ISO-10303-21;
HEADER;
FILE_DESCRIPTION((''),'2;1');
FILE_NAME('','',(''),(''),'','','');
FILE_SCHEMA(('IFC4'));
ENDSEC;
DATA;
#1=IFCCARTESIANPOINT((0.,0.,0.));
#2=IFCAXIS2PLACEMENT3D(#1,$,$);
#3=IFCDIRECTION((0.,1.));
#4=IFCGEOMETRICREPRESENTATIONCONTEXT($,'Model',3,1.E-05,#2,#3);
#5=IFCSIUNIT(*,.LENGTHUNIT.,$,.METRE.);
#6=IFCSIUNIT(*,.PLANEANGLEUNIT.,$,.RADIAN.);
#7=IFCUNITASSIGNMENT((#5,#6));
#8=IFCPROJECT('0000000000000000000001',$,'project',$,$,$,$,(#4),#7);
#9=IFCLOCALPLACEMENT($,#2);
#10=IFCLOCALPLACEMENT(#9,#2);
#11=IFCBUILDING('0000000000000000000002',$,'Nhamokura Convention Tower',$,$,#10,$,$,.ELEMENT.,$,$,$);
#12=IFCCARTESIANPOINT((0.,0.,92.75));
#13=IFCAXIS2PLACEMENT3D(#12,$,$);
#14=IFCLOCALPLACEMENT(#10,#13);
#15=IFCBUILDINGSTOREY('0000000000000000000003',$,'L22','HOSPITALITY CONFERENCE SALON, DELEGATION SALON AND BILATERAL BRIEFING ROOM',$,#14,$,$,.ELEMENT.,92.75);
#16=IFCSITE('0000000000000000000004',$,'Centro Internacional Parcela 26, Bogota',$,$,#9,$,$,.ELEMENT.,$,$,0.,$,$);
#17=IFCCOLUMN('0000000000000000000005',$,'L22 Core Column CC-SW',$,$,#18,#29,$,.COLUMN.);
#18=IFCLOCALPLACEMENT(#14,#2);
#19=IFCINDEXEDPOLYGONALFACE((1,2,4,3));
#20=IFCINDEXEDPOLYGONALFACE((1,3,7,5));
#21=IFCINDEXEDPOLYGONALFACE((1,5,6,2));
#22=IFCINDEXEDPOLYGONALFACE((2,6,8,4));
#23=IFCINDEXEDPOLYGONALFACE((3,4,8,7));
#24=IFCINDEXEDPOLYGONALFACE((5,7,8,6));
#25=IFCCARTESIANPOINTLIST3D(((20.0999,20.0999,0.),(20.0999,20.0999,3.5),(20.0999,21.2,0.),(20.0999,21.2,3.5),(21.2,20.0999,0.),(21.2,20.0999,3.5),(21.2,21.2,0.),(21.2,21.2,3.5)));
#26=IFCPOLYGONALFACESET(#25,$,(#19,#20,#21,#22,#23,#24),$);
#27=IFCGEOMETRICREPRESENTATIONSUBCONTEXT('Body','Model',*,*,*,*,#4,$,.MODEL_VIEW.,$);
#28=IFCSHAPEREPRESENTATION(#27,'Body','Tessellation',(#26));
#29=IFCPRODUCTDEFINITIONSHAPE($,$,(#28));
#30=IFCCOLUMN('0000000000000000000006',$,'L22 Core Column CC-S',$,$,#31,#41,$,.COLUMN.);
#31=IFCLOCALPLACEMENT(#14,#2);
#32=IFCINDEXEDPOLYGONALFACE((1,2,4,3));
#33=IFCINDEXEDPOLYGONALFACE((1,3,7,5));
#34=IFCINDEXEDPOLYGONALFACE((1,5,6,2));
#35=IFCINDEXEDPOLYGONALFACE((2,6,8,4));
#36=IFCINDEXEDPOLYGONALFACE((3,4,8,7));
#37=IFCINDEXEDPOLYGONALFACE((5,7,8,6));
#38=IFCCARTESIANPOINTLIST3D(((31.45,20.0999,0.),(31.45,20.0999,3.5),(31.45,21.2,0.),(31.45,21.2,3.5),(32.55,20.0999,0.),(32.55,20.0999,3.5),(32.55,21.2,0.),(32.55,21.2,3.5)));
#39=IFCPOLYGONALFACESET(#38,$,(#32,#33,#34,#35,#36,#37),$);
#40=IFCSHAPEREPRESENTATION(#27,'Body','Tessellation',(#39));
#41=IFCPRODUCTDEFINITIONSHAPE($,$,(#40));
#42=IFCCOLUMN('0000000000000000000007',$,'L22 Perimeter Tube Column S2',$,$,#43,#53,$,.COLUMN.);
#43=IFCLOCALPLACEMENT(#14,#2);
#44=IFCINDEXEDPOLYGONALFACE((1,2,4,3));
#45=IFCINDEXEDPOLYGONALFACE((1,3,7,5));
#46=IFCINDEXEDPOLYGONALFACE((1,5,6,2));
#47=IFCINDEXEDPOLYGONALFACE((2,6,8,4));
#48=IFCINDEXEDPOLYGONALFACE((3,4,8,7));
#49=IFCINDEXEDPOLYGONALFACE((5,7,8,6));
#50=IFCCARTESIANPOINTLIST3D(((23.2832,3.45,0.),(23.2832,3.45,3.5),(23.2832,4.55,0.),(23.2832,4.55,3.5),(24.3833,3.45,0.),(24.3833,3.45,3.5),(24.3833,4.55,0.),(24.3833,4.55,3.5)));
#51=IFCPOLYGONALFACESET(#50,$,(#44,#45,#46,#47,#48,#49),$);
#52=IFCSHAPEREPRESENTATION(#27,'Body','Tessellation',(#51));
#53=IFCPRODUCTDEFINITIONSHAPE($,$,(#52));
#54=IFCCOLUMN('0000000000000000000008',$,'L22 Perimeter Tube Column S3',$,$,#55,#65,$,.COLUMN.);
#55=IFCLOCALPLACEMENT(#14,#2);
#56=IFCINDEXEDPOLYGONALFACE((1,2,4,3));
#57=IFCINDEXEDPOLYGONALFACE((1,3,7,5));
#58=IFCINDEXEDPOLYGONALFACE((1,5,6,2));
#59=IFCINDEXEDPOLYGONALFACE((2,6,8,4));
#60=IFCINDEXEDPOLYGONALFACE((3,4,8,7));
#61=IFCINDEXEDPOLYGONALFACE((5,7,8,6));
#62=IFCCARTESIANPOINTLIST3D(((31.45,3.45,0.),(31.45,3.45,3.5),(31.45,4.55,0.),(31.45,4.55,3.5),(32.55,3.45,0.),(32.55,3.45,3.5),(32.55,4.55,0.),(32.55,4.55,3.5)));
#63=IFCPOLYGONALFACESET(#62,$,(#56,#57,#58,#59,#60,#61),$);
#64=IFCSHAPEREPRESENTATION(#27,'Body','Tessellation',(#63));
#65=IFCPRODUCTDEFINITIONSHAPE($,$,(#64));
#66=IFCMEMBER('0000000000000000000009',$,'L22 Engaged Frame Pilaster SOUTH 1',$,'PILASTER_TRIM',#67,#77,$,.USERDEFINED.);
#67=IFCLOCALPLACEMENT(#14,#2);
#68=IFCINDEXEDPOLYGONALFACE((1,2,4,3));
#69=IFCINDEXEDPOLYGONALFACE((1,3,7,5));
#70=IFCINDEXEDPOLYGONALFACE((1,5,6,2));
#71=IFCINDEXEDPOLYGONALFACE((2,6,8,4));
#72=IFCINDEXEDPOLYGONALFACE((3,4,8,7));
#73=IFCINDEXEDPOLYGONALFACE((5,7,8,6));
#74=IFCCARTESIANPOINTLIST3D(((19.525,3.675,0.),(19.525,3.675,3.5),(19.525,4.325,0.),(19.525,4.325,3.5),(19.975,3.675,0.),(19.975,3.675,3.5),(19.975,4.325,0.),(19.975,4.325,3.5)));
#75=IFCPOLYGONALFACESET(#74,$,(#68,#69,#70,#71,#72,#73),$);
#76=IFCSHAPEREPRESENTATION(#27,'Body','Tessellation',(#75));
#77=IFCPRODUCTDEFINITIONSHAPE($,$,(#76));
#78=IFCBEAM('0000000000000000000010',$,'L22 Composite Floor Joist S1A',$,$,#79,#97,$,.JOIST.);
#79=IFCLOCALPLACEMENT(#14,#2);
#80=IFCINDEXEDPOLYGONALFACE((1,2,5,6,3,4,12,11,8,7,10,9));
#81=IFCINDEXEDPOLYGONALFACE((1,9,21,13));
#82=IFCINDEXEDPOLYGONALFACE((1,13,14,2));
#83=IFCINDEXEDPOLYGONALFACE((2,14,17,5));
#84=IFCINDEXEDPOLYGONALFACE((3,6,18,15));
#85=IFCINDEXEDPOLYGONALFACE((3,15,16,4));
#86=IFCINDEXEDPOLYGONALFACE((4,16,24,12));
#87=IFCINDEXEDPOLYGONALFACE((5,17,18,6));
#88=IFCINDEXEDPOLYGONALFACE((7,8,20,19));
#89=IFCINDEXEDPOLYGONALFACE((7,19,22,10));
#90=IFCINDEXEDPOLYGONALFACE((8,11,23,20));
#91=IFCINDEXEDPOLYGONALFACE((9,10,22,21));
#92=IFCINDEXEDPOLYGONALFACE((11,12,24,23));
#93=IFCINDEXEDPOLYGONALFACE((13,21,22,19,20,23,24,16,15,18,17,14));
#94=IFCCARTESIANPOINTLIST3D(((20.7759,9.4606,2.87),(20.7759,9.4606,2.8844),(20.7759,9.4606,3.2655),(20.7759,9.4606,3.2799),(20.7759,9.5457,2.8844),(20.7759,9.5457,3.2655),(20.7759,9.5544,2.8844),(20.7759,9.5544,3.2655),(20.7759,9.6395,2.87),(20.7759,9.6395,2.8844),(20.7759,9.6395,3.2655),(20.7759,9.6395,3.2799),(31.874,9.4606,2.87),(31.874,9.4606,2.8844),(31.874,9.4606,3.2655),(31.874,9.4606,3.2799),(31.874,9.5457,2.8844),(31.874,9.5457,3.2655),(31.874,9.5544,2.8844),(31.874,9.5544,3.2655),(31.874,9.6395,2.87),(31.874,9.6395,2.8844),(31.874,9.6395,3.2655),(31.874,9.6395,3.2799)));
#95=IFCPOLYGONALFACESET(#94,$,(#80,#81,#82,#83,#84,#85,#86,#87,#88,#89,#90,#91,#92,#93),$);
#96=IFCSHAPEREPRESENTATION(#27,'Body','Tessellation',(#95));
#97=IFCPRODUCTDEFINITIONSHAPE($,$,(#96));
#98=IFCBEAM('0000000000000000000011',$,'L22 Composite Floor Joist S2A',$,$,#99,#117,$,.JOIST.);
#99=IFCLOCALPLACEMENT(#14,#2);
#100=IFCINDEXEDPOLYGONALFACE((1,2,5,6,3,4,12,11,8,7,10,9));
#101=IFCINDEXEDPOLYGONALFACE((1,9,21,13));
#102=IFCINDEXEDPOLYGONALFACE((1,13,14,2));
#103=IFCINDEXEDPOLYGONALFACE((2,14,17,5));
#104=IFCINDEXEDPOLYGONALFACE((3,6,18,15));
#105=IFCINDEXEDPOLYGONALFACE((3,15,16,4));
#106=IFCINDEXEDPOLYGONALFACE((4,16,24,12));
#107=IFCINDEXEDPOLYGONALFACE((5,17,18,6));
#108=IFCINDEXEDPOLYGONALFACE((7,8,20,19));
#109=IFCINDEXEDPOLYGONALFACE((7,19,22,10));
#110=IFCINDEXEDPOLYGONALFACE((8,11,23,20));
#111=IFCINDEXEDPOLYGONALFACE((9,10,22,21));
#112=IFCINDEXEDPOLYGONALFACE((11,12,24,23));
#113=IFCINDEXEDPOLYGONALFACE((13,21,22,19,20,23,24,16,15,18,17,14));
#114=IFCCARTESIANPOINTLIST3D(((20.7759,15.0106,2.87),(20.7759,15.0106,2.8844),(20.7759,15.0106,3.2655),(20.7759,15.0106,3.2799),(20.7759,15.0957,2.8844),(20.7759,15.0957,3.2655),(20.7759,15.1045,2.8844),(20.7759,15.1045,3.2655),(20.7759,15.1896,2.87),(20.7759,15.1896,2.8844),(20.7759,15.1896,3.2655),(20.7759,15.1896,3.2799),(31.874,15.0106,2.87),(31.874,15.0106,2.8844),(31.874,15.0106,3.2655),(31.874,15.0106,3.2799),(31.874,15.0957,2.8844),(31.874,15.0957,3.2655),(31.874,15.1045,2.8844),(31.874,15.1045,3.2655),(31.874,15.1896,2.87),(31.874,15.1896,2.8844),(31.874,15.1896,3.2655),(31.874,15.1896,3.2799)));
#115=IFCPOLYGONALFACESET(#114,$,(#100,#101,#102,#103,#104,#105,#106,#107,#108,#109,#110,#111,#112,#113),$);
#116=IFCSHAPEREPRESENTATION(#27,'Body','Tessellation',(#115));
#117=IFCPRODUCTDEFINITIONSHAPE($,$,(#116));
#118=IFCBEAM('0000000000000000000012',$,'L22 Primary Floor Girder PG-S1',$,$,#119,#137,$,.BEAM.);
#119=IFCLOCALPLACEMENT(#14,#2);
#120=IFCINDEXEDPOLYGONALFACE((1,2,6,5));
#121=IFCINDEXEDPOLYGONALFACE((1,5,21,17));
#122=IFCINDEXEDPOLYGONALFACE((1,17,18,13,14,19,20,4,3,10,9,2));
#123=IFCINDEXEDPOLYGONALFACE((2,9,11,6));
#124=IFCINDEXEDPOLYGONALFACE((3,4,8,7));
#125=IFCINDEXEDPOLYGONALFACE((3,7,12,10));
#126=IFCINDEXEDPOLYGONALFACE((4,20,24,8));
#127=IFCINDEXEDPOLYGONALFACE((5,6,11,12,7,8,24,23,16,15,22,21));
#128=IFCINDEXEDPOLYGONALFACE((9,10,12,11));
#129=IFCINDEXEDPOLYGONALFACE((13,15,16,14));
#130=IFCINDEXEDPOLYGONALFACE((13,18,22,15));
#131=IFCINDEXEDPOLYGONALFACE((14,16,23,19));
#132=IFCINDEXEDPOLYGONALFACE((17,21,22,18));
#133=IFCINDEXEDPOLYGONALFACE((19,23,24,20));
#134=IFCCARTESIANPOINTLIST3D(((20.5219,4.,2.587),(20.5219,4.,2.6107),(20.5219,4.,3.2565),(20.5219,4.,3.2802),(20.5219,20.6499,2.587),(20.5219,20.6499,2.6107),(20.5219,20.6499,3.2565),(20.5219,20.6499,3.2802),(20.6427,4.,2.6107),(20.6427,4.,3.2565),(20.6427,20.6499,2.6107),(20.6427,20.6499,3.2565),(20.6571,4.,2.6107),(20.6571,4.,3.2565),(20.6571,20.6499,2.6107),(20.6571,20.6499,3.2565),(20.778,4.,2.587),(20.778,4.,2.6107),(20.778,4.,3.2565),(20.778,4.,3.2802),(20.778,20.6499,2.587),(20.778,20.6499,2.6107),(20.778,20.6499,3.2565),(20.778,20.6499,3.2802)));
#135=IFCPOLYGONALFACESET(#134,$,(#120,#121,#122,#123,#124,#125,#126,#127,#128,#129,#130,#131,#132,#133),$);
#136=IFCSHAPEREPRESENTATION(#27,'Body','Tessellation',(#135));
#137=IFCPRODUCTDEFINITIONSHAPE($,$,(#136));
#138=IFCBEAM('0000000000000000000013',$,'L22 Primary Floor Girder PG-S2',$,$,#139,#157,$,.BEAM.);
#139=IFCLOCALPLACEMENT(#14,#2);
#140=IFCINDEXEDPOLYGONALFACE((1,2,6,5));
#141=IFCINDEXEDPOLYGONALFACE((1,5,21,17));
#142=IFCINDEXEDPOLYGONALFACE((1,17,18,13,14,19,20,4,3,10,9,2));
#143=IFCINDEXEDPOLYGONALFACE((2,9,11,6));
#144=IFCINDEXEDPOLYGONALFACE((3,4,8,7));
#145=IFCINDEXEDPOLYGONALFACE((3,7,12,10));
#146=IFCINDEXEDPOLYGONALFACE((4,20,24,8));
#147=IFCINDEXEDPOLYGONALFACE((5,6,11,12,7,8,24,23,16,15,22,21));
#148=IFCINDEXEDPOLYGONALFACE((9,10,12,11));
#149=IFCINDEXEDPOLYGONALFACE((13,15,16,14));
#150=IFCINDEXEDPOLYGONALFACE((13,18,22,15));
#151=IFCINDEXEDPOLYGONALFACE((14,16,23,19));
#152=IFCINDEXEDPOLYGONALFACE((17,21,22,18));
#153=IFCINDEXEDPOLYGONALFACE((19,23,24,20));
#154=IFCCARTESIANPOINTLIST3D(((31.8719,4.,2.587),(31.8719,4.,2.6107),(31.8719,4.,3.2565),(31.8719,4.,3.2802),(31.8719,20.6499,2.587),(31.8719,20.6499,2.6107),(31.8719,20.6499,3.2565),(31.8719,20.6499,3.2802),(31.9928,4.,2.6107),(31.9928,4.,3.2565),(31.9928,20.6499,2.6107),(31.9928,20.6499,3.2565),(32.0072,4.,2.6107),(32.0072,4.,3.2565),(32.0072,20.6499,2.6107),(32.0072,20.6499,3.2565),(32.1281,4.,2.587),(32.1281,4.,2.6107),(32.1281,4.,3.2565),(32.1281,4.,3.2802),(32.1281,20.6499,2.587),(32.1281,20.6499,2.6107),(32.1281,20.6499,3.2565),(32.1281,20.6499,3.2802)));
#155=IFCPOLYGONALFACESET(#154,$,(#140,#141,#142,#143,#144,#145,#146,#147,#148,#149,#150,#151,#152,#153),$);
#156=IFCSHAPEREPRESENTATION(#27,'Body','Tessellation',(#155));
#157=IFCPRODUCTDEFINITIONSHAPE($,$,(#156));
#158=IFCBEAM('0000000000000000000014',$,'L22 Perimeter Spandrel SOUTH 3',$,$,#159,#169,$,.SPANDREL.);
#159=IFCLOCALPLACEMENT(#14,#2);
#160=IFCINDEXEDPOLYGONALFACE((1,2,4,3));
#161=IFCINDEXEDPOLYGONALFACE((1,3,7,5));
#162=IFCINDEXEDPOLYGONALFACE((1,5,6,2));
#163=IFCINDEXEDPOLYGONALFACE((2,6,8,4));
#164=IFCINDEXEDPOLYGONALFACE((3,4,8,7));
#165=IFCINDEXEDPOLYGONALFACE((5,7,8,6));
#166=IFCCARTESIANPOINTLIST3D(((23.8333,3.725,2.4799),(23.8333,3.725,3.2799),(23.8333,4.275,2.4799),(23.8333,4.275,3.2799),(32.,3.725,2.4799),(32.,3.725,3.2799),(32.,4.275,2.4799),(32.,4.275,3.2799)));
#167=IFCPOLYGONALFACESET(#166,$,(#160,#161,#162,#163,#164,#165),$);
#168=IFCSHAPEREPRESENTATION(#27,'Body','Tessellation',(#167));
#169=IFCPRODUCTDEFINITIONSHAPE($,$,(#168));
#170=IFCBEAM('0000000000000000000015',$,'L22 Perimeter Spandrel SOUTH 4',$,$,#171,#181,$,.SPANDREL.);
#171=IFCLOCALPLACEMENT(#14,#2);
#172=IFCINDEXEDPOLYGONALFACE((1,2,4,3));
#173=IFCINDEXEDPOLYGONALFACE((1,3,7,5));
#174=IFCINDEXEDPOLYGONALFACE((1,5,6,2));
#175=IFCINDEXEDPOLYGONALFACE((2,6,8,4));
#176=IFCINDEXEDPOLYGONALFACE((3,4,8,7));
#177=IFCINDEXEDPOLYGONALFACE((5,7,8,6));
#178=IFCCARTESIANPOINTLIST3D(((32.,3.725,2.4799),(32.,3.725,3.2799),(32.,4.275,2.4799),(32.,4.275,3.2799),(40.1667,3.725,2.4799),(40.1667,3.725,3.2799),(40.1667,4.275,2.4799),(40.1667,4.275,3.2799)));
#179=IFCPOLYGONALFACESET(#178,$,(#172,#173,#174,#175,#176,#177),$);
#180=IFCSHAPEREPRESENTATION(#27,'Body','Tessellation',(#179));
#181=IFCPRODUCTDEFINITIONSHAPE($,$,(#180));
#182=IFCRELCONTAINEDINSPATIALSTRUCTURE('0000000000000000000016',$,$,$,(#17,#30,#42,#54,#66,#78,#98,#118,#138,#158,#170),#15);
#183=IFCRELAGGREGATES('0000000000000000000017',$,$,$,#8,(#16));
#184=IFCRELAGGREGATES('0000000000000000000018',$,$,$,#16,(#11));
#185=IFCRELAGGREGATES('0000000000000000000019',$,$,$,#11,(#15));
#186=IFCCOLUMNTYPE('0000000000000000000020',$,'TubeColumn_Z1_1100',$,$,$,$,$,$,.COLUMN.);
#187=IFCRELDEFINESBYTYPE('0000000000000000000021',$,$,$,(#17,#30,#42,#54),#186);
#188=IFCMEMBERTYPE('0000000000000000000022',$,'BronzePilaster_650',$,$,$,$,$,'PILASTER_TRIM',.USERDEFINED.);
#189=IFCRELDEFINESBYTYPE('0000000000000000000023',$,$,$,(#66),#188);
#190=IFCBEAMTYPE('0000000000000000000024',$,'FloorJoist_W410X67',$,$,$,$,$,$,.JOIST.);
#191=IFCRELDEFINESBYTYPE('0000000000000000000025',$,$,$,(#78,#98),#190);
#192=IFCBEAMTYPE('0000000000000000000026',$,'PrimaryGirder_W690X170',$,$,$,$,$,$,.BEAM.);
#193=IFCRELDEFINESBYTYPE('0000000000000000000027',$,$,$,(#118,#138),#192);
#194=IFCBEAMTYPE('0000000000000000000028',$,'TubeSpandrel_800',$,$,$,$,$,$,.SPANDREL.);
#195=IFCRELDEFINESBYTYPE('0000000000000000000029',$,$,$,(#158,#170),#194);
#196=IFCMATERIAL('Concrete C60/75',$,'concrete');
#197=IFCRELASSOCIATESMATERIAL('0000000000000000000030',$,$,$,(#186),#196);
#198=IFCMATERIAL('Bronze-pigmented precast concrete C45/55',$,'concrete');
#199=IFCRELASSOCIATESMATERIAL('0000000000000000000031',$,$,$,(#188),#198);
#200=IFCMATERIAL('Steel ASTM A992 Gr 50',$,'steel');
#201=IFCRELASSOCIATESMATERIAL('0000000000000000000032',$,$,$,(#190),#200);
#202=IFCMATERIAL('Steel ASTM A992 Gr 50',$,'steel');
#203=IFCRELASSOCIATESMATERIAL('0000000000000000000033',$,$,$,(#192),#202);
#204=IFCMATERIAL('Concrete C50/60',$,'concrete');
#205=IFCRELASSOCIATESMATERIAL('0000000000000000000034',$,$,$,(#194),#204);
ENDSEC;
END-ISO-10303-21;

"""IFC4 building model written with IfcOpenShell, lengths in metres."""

from ifc_helpers import new_model, si_unit, direction, frame, origin, origin_2d, place, context, subcontext, project, spatial, rectangle, i_section, extrude, material, material_profile, profile_set, type_object, element, save


model = new_model("IFC4")

# Units and contexts
model_context = context("Model", 3, precision=1e-05, world=origin(), true_north=direction((0.0, 1.0)))
body_context = subcontext(model_context, "Body", "Model", "MODEL_VIEW")
ifc_project = project(units=[si_unit("LENGTHUNIT", "METRE"), si_unit("PLANEANGLEUNIT", "RADIAN")], contexts=[model_context])

# Site, building, storey
site_placement = place(None, origin())
site = spatial("IfcSite", under=ifc_project, at=site_placement, Name="Centro Internacional Parcela 26, Bogota", CompositionType="ELEMENT", RefElevation=0.0)
building_placement = place(site_placement, origin())
building = spatial("IfcBuilding", under=site, at=building_placement, Name="Nhamokura Convention Tower", CompositionType="ELEMENT")
storey_placement = place(building_placement, frame((0.0, 0.0, 92.75)))
storey = spatial("IfcBuildingStorey", under=building, at=storey_placement, Name="L22", Description="HOSPITALITY CONFERENCE SALON, DELEGATION SALON AND BILATERAL BRIEFING ROOM", CompositionType="ELEMENT", Elevation=92.75)

# Columns
ifc_material_1 = material(Name="Concrete C60/75", Category="concrete")
ifc_material_profile_1 = material_profile(ifc_material_1, rectangle(XDim=1.1001, YDim=1.1001, at=origin_2d()))
ifc_profile_set_1 = profile_set([ifc_material_profile_1], Name="Concrete C60/75")
column_type = type_object("IfcColumnType", Name="TubeColumn_Z1_1100", PredefinedType="COLUMN", material=ifc_profile_set_1)
for number, where, z_axis, x_axis, name in (
    (1, (20.6499, 20.6499, 0.0), (0.0, 0.0, 1.0), (1.0, 0.0, 0.0), "L22 Core Column CC-SW"),
    (2, (32.0, 20.6499, 0.0), (0.0, 0.0, 1.0), (1.0, 0.0, 0.0), "L22 Core Column CC-S"),
    (3, (23.8333, 4.0, 0.0), (0.0, 0.0, 1.0), (1.0, 0.0, 0.0), "L22 Perimeter Tube Column S2"),
    (4, (32.0, 4.0, 0.0), (0.0, 0.0, 1.0), (1.0, 0.0, 0.0), "L22 Perimeter Tube Column S3"),
):
    element("IfcColumn", number, at=place(storey_placement, frame(where, z_axis=z_axis, x_axis=x_axis)), inside=storey, type_object=column_type, Name=name, PredefinedType="COLUMN", context=body_context, shape_type="SweptSolid", body=[
        extrude(rectangle(XDim=1.1001, YDim=1.1001, at=origin_2d()), origin(), (0.0, 0.0, 1.0), 3.5),
    ])

# Member
ifc_material_2 = material(Name="Bronze-pigmented precast concrete C45/55", Category="concrete")
ifc_material_profile_2 = material_profile(ifc_material_2, rectangle(XDim=0.45, YDim=0.6499, at=origin_2d()))
ifc_profile_set_2 = profile_set([ifc_material_profile_2], Name="Bronze-pigmented precast concrete C45/55")
member_type = type_object("IfcMemberType", Name="BronzePilaster_650", ElementType="PILASTER_TRIM", PredefinedType="USERDEFINED", material=ifc_profile_set_2)
member_placement = place(storey_placement, frame((19.75, 4.0, 0.0), z_axis=(0.0, 0.0, 1.0), x_axis=(1.0, 0.0, 0.0)))
element("IfcMember", 5, at=member_placement, inside=storey, type_object=member_type, Name="L22 Engaged Frame Pilaster SOUTH 1", ObjectType="PILASTER_TRIM", PredefinedType="USERDEFINED", context=body_context, shape_type="SweptSolid", body=[
    extrude(rectangle(XDim=0.45, YDim=0.6499, at=origin_2d()), origin(), (0.0, 0.0, 1.0), 3.5),
])

# Beams
ifc_material_3 = material(Name="Steel ASTM A992 Gr 50", Category="steel")
ifc_material_profile_3 = material_profile(ifc_material_3, i_section(OverallWidth=0.179, OverallDepth=0.4099, WebThickness=0.0088, FlangeThickness=0.0144, at=origin_2d()))
ifc_profile_set_3 = profile_set([ifc_material_profile_3], Name="Steel ASTM A992 Gr 50")
beam_type_1 = type_object("IfcBeamType", Name="FloorJoist_W410X67", PredefinedType="JOIST", material=ifc_profile_set_3)
for number, where, z_axis, x_axis, name in (
    (6, (20.7759, 9.55, 3.075), (1.0, 0.0, 0.0), (0.0, 1.0, 0.0), "L22 Composite Floor Joist S1A"),
    (7, (20.7759, 15.1001, 3.075), (1.0, 0.0, 0.0), (0.0, 1.0, 0.0), "L22 Composite Floor Joist S2A"),
):
    element("IfcBeam", number, at=place(storey_placement, frame(where, z_axis=z_axis, x_axis=x_axis)), inside=storey, type_object=beam_type_1, Name=name, PredefinedType="JOIST", context=body_context, shape_type="SweptSolid", body=[
        extrude(i_section(OverallWidth=0.179, OverallDepth=0.4099, WebThickness=0.0088, FlangeThickness=0.0144, at=origin_2d()), origin(), (0.0, 0.0, 1.0), 11.0981),
    ])
ifc_material_4 = material(Name="Steel ASTM A992 Gr 50", Category="steel")
ifc_material_profile_4 = material_profile(ifc_material_4, i_section(OverallWidth=0.2561, OverallDepth=0.6931, WebThickness=0.0144, FlangeThickness=0.0237, at=origin_2d()))
ifc_profile_set_4 = profile_set([ifc_material_profile_4], Name="Steel ASTM A992 Gr 50")
beam_type_2 = type_object("IfcBeamType", Name="PrimaryGirder_W690X170", PredefinedType="BEAM", material=ifc_profile_set_4)
for number, where, z_axis, x_axis, name in (
    (8, (20.6499, 4.0, 2.9336), (0.0, 1.0, 0.0), (-1.0, 0.0, 0.0), "L22 Primary Floor Girder PG-S1"),
    (9, (32.0, 4.0, 2.9336), (0.0, 1.0, 0.0), (-1.0, 0.0, 0.0), "L22 Primary Floor Girder PG-S2"),
):
    element("IfcBeam", number, at=place(storey_placement, frame(where, z_axis=z_axis, x_axis=x_axis)), inside=storey, type_object=beam_type_2, Name=name, PredefinedType="BEAM", context=body_context, shape_type="SweptSolid", body=[
        extrude(i_section(OverallWidth=0.2561, OverallDepth=0.6931, WebThickness=0.0144, FlangeThickness=0.0237, at=origin_2d()), origin(), (0.0, 0.0, 1.0), 16.6499),
    ])
ifc_material_5 = material(Name="Concrete C50/60", Category="concrete")
ifc_material_profile_5 = material_profile(ifc_material_5, rectangle(XDim=0.55, YDim=0.8, at=origin_2d()))
ifc_profile_set_5 = profile_set([ifc_material_profile_5], Name="Concrete C50/60")
beam_type_3 = type_object("IfcBeamType", Name="TubeSpandrel_800", PredefinedType="SPANDREL", material=ifc_profile_set_5)
for number, where, z_axis, x_axis, name in (
    (10, (23.8333, 4.0, 2.8799), (1.0, 0.0, 0.0), (0.0, 1.0, 0.0), "L22 Perimeter Spandrel SOUTH 3"),
    (11, (32.0, 4.0, 2.8799), (1.0, 0.0, 0.0), (0.0, 1.0, 0.0), "L22 Perimeter Spandrel SOUTH 4"),
):
    element("IfcBeam", number, at=place(storey_placement, frame(where, z_axis=z_axis, x_axis=x_axis)), inside=storey, type_object=beam_type_3, Name=name, PredefinedType="SPANDREL", context=body_context, shape_type="SweptSolid", body=[
        extrude(rectangle(XDim=0.55, YDim=0.8, at=origin_2d()), origin(), (0.0, 0.0, 1.0), 8.1667),
    ])

save(model, "model.ifc")
